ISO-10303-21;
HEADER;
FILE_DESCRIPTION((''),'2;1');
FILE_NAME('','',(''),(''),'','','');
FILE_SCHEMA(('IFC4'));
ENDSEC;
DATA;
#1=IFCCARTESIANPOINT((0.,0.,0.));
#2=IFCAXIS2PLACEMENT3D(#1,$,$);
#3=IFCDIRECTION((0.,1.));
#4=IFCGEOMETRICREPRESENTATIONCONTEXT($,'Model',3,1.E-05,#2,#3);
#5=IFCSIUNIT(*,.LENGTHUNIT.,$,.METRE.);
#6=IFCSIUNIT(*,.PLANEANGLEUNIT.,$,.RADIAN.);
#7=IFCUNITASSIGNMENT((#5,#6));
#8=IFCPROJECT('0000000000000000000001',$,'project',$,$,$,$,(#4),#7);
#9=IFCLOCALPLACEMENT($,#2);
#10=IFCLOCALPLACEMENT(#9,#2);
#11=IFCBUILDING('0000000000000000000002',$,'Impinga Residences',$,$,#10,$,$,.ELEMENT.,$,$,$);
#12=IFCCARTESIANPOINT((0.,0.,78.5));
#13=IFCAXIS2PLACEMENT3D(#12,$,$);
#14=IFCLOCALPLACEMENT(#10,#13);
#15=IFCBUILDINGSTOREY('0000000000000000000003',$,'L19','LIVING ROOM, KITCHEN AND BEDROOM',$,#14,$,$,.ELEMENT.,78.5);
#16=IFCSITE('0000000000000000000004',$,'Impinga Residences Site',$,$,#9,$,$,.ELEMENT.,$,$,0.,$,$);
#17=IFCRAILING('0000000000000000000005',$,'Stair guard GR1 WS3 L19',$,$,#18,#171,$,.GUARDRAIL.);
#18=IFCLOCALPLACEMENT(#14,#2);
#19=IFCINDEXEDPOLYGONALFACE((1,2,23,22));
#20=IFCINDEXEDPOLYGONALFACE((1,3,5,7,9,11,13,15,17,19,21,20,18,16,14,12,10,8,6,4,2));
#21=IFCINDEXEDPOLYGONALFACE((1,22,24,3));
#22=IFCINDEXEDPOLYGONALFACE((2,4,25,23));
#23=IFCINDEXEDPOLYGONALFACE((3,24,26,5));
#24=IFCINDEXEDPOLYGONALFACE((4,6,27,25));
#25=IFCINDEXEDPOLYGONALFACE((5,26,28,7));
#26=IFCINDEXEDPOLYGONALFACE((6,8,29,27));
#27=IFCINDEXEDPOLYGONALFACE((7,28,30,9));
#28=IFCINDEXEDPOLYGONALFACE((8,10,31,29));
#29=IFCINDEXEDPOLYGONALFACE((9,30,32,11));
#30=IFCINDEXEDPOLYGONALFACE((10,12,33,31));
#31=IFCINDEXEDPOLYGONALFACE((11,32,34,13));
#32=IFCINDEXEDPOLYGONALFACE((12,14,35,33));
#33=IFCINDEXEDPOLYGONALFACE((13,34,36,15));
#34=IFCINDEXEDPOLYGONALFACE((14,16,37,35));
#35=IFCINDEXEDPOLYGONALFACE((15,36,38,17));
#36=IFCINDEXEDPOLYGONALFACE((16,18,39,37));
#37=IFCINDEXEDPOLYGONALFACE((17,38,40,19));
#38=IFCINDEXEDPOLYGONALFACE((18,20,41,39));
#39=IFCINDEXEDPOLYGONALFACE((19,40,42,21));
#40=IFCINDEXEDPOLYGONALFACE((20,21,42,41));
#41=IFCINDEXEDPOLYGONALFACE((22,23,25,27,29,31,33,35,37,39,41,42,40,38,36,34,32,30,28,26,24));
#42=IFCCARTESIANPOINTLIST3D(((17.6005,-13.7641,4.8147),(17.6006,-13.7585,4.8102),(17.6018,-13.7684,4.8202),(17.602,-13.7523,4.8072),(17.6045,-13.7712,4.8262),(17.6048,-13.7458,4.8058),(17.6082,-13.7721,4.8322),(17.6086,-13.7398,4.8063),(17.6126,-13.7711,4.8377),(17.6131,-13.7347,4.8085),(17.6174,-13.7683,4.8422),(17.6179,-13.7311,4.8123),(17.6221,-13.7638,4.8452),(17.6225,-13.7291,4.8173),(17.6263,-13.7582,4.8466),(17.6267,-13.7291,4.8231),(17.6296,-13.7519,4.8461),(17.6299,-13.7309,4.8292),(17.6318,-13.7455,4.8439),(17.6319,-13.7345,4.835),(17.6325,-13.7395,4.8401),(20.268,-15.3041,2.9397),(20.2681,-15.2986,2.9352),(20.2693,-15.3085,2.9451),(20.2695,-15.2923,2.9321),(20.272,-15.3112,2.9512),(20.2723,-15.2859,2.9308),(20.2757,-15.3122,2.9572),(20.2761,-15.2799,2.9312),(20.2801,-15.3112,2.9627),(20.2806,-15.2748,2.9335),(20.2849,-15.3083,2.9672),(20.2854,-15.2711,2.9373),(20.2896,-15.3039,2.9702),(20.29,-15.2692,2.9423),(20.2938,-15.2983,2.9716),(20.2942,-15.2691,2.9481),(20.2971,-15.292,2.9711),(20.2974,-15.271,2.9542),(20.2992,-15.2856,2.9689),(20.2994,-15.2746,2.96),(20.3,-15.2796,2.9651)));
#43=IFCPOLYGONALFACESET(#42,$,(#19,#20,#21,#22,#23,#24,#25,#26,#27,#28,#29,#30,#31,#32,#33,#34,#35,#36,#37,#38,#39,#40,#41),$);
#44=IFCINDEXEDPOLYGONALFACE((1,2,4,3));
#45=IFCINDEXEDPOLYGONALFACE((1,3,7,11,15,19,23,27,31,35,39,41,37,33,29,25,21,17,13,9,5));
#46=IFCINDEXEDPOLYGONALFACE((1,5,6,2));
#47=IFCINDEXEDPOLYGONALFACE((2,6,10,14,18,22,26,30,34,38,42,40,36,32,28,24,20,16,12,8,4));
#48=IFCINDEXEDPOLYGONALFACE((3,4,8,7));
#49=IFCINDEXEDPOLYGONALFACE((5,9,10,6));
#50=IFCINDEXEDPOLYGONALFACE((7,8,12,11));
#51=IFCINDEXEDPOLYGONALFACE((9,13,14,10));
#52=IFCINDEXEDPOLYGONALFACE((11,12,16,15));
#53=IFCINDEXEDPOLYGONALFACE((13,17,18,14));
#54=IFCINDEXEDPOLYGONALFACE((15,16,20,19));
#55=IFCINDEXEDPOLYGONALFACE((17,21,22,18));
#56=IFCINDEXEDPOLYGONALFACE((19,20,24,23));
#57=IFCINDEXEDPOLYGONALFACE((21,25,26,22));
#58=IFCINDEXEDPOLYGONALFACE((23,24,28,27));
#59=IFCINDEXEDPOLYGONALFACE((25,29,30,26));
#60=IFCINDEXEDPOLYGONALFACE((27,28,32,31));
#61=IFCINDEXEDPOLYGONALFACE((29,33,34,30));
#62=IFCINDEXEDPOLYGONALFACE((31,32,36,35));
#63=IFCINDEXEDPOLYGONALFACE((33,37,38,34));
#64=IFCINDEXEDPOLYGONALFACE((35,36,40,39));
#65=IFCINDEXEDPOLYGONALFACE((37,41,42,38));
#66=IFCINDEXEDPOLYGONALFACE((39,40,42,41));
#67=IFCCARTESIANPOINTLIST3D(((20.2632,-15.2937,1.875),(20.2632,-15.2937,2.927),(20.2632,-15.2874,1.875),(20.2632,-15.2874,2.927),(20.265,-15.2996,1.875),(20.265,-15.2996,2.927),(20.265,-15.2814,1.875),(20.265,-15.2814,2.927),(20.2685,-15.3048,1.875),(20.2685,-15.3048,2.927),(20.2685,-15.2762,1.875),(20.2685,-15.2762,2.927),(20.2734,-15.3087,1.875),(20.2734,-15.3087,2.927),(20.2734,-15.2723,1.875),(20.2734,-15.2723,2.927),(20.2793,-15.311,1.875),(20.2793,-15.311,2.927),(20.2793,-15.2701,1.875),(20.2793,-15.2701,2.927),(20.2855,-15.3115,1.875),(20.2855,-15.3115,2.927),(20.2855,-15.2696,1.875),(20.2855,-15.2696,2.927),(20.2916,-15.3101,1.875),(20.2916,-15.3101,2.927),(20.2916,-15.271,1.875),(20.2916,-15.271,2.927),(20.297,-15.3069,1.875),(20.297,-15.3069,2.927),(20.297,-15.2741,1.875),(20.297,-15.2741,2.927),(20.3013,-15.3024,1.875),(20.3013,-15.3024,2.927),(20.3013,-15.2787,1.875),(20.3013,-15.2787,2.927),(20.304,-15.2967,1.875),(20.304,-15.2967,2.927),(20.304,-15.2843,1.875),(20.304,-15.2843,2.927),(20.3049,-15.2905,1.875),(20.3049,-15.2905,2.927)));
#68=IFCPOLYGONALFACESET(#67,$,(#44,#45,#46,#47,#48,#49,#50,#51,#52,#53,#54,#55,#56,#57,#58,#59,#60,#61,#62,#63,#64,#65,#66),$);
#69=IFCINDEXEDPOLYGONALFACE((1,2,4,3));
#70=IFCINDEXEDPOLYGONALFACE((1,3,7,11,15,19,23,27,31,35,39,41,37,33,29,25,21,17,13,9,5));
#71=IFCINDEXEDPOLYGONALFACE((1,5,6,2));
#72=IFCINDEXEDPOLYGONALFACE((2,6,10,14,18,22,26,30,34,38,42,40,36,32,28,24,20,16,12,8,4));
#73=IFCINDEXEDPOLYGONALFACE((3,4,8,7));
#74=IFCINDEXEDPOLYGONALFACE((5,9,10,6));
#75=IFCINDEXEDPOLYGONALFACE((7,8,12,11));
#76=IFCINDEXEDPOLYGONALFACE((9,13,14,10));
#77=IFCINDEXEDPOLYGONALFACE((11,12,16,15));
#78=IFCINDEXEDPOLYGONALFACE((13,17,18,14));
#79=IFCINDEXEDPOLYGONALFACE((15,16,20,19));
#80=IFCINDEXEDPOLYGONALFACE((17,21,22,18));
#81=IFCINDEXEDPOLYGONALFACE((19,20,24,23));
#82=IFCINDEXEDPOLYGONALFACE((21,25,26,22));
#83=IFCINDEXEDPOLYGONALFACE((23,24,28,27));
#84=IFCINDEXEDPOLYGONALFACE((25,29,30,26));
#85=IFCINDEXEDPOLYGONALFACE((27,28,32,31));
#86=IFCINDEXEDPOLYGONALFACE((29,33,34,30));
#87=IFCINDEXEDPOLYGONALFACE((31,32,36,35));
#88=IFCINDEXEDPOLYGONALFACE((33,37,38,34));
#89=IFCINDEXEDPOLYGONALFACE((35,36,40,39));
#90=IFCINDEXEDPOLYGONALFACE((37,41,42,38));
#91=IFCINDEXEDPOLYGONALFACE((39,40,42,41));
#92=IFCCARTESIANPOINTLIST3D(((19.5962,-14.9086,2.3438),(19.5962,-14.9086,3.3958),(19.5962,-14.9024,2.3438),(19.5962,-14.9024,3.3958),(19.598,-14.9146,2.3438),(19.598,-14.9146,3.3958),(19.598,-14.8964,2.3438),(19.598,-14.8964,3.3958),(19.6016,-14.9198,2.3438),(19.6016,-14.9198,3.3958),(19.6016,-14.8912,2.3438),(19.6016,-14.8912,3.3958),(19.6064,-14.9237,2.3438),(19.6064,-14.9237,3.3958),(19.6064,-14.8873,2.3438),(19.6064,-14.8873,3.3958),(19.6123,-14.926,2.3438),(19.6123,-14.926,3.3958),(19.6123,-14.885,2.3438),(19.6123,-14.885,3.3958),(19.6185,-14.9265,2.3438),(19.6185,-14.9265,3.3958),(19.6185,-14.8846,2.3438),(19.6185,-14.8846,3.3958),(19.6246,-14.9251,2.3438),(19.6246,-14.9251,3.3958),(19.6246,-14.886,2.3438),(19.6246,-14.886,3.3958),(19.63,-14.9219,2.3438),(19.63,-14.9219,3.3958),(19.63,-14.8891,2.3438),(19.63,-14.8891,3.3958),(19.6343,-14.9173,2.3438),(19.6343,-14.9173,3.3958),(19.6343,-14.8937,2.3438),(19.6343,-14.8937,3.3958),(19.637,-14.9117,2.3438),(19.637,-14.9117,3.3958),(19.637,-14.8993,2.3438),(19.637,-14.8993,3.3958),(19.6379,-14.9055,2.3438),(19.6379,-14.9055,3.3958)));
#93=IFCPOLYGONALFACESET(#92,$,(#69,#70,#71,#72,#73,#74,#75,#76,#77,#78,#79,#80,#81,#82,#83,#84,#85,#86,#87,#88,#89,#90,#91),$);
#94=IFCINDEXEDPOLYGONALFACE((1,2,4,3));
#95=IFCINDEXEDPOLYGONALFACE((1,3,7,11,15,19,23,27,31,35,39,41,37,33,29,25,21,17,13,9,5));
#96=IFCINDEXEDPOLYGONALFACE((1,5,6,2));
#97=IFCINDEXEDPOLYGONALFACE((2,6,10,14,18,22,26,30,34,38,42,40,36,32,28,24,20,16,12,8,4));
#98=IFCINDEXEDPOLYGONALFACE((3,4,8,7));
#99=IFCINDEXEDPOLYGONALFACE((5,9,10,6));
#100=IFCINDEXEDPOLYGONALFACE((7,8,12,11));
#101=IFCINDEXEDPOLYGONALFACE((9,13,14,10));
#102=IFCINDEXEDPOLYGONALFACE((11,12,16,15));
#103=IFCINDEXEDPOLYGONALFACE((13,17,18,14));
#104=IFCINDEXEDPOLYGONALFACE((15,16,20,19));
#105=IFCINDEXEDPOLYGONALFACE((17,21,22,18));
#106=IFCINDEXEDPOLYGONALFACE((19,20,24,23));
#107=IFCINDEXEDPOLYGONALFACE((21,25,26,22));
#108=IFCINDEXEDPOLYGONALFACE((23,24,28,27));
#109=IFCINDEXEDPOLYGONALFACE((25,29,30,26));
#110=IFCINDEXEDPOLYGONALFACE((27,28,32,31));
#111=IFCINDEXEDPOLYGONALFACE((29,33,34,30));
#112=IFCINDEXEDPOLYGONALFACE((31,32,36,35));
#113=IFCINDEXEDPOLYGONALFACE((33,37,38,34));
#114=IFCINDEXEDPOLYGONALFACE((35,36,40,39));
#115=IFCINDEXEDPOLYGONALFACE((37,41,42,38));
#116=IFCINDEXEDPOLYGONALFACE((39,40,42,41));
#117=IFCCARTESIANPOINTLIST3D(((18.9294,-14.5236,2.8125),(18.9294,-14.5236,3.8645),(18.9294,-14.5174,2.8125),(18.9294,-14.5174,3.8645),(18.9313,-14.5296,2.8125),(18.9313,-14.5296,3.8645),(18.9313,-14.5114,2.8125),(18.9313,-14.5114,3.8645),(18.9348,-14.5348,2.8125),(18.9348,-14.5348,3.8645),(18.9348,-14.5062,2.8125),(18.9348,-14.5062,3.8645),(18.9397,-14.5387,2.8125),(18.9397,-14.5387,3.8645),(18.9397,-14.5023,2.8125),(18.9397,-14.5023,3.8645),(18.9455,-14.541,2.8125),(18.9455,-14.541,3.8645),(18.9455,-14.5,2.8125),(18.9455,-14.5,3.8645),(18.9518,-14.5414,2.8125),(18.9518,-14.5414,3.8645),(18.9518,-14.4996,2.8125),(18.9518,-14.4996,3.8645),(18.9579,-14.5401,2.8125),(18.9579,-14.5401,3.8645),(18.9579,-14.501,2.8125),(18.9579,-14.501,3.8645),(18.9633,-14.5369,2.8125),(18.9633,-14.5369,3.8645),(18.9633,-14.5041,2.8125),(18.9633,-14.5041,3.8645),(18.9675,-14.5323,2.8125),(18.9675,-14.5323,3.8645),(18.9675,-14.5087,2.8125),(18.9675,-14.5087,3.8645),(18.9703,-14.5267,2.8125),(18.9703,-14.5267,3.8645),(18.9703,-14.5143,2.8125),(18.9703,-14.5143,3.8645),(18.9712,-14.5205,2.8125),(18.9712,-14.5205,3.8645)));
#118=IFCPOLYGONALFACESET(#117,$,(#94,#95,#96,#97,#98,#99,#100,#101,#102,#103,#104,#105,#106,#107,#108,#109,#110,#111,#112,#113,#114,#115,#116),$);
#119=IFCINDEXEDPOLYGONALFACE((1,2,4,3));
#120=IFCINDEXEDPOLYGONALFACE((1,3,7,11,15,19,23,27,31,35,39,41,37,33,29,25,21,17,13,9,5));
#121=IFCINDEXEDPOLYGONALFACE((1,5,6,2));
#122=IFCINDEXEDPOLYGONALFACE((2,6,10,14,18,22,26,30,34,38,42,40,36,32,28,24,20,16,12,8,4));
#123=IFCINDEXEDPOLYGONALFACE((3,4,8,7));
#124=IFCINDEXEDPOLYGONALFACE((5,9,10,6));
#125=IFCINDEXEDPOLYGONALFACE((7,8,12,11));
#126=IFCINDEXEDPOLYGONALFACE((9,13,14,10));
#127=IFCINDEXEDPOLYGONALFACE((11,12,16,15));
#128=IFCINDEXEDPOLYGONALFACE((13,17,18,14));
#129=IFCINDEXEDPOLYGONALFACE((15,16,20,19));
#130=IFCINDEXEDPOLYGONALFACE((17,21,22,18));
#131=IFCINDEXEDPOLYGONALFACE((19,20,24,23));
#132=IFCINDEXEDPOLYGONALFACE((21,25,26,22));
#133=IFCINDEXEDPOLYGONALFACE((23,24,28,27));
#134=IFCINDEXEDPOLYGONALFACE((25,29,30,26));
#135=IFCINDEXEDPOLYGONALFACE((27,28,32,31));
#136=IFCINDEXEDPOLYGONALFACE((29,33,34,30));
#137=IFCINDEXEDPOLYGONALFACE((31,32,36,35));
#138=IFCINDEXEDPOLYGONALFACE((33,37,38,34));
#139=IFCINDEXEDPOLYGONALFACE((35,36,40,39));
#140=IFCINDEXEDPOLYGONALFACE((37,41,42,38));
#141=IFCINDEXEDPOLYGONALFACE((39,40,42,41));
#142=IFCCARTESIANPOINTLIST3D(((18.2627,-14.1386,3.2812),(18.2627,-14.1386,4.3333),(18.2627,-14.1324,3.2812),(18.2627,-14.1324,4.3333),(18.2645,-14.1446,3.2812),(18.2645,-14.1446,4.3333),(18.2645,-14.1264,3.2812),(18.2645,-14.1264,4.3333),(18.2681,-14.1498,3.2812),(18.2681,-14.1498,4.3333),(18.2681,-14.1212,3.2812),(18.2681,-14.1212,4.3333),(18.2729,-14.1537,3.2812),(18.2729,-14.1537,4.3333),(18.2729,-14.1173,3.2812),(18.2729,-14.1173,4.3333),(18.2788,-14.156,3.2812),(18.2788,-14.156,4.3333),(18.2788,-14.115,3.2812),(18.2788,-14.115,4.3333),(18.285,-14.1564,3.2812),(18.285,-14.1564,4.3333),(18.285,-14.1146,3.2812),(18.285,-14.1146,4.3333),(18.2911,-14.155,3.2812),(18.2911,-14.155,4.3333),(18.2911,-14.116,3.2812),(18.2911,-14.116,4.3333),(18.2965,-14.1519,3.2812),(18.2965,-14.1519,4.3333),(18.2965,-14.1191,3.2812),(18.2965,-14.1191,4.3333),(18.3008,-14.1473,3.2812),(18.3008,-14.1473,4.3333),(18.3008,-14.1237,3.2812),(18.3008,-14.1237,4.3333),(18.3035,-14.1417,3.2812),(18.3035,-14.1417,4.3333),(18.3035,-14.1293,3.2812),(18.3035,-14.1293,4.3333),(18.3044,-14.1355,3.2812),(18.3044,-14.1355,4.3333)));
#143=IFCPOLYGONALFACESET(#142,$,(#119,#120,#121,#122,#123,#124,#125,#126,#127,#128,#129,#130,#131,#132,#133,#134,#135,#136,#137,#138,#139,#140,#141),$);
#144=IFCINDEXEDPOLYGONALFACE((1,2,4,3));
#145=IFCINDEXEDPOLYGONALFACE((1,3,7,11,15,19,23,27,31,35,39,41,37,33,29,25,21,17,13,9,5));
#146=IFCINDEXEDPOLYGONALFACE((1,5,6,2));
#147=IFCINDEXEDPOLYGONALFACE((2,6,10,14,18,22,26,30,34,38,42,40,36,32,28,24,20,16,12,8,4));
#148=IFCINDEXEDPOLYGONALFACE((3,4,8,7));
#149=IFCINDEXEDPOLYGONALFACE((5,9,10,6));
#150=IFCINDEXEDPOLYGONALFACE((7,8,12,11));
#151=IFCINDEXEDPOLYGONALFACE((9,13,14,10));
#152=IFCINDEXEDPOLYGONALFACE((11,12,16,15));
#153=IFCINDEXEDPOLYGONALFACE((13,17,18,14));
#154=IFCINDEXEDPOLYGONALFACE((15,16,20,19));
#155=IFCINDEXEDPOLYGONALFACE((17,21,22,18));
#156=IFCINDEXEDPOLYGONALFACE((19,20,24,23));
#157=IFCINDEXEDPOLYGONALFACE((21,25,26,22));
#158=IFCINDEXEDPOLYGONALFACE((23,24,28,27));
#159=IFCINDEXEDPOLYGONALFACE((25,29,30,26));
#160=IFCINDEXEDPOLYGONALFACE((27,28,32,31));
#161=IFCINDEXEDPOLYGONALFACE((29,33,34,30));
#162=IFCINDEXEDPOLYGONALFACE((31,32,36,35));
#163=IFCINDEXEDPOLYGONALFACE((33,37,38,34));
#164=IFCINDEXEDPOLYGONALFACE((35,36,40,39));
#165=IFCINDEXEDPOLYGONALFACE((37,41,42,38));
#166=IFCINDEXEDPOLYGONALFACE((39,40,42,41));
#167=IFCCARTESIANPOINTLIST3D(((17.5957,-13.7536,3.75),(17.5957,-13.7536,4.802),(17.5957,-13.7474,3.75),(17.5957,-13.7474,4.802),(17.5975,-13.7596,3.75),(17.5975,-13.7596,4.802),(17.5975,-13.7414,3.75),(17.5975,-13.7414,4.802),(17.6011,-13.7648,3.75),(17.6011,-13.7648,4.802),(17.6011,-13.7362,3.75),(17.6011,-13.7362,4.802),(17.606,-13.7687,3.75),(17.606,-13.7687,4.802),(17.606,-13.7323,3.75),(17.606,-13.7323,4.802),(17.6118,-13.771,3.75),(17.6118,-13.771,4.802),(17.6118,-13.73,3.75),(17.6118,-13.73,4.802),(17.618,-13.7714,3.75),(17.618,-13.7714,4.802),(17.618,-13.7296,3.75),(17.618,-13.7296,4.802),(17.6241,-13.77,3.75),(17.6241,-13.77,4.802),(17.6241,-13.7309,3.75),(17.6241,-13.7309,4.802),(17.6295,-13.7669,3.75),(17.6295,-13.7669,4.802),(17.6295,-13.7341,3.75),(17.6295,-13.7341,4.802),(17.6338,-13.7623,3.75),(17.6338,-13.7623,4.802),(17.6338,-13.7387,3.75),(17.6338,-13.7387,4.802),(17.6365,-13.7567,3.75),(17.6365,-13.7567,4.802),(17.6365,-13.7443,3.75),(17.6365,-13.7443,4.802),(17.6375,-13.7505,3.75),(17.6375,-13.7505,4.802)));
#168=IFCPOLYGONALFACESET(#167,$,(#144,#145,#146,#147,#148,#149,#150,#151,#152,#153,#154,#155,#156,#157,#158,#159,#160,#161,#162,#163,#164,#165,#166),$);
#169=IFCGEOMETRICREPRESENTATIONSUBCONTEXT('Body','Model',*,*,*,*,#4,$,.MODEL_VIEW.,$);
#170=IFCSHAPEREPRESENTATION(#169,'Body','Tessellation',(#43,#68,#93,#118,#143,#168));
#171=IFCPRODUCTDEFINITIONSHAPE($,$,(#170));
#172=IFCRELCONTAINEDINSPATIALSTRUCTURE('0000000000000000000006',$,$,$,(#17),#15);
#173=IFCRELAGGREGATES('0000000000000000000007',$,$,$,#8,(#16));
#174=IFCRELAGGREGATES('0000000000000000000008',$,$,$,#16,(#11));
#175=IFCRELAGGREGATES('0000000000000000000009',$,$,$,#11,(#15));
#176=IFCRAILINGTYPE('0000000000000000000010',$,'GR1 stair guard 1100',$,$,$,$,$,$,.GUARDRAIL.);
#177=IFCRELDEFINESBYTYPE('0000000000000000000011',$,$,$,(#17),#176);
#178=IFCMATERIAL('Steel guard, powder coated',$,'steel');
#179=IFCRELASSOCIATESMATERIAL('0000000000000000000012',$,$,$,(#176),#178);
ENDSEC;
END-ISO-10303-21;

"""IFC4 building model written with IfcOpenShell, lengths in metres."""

from ifc_helpers import new_model, si_unit, direction, frame, origin, origin_2d, place, context, subcontext, project, spatial, circle, extrude, material, type_object, element, save


model = new_model("IFC4")

# Units and contexts
model_context = context("Model", 3, precision=1e-05, world=origin(), true_north=direction((0.0, 1.0)))
body_context = subcontext(model_context, "Body", "Model", "MODEL_VIEW")
ifc_project = project(units=[si_unit("LENGTHUNIT", "METRE"), si_unit("PLANEANGLEUNIT", "RADIAN")], contexts=[model_context])

# Site, building, storey
site_placement = place(None, origin())
site = spatial("IfcSite", under=ifc_project, at=site_placement, Name="Impinga Residences Site", CompositionType="ELEMENT", RefElevation=0.0)
building_placement = place(site_placement, origin())
building = spatial("IfcBuilding", under=site, at=building_placement, Name="Impinga Residences", CompositionType="ELEMENT")
storey_placement = place(building_placement, frame((0.0, 0.0, 78.5)))
storey = spatial("IfcBuildingStorey", under=building, at=storey_placement, Name="L19", Description="LIVING ROOM, KITCHEN AND BEDROOM", CompositionType="ELEMENT", Elevation=78.5)

# Railing
ifc_material_1 = material(Name="Steel guard, powder coated", Category="steel")
railing_type_1 = type_object("IfcRailingType", Name="GR1 stair guard 1100", PredefinedType="GUARDRAIL", material=ifc_material_1)
railing_1_placement = place(storey_placement, frame((20.2839, -15.2905, 1.875)))
element("IfcRailing", 1, at=railing_1_placement, inside=storey, type_object=railing_type_1, Name="Stair guard GR1 WS3 L19", PredefinedType="GUARDRAIL", context=body_context, shape_type="SweptSolid", body=[
    extrude(circle(Radius=0.0239, at=origin_2d()), frame((0.0, 0.0, 1.0762), z_axis=(-0.739746, 0.427084, 0.519975), x_axis=(-0.499992, -0.86603, 0.0)), (0.0, 0.0, 1.0), 3.606),
    extrude(circle(Radius=0.021, at=origin_2d()), origin(), (0.0, 0.0, 1.0), 1.052),
    extrude(circle(Radius=0.021, at=origin_2d()), frame((-0.667, 0.385, 0.4688)), (0.0, 0.0, 1.0), 1.052),
    extrude(circle(Radius=0.021, at=origin_2d()), frame((-1.3337, 0.77, 0.9375)), (0.0, 0.0, 1.0), 1.052),
    extrude(circle(Radius=0.021, at=origin_2d()), frame((-2.0005, 1.155, 1.4062)), (0.0, 0.0, 1.0), 1.052),
    extrude(circle(Radius=0.021, at=origin_2d()), frame((-2.6675, 1.54, 1.875)), (0.0, 0.0, 1.0), 1.052),
])

save(model, "model.ifc")
